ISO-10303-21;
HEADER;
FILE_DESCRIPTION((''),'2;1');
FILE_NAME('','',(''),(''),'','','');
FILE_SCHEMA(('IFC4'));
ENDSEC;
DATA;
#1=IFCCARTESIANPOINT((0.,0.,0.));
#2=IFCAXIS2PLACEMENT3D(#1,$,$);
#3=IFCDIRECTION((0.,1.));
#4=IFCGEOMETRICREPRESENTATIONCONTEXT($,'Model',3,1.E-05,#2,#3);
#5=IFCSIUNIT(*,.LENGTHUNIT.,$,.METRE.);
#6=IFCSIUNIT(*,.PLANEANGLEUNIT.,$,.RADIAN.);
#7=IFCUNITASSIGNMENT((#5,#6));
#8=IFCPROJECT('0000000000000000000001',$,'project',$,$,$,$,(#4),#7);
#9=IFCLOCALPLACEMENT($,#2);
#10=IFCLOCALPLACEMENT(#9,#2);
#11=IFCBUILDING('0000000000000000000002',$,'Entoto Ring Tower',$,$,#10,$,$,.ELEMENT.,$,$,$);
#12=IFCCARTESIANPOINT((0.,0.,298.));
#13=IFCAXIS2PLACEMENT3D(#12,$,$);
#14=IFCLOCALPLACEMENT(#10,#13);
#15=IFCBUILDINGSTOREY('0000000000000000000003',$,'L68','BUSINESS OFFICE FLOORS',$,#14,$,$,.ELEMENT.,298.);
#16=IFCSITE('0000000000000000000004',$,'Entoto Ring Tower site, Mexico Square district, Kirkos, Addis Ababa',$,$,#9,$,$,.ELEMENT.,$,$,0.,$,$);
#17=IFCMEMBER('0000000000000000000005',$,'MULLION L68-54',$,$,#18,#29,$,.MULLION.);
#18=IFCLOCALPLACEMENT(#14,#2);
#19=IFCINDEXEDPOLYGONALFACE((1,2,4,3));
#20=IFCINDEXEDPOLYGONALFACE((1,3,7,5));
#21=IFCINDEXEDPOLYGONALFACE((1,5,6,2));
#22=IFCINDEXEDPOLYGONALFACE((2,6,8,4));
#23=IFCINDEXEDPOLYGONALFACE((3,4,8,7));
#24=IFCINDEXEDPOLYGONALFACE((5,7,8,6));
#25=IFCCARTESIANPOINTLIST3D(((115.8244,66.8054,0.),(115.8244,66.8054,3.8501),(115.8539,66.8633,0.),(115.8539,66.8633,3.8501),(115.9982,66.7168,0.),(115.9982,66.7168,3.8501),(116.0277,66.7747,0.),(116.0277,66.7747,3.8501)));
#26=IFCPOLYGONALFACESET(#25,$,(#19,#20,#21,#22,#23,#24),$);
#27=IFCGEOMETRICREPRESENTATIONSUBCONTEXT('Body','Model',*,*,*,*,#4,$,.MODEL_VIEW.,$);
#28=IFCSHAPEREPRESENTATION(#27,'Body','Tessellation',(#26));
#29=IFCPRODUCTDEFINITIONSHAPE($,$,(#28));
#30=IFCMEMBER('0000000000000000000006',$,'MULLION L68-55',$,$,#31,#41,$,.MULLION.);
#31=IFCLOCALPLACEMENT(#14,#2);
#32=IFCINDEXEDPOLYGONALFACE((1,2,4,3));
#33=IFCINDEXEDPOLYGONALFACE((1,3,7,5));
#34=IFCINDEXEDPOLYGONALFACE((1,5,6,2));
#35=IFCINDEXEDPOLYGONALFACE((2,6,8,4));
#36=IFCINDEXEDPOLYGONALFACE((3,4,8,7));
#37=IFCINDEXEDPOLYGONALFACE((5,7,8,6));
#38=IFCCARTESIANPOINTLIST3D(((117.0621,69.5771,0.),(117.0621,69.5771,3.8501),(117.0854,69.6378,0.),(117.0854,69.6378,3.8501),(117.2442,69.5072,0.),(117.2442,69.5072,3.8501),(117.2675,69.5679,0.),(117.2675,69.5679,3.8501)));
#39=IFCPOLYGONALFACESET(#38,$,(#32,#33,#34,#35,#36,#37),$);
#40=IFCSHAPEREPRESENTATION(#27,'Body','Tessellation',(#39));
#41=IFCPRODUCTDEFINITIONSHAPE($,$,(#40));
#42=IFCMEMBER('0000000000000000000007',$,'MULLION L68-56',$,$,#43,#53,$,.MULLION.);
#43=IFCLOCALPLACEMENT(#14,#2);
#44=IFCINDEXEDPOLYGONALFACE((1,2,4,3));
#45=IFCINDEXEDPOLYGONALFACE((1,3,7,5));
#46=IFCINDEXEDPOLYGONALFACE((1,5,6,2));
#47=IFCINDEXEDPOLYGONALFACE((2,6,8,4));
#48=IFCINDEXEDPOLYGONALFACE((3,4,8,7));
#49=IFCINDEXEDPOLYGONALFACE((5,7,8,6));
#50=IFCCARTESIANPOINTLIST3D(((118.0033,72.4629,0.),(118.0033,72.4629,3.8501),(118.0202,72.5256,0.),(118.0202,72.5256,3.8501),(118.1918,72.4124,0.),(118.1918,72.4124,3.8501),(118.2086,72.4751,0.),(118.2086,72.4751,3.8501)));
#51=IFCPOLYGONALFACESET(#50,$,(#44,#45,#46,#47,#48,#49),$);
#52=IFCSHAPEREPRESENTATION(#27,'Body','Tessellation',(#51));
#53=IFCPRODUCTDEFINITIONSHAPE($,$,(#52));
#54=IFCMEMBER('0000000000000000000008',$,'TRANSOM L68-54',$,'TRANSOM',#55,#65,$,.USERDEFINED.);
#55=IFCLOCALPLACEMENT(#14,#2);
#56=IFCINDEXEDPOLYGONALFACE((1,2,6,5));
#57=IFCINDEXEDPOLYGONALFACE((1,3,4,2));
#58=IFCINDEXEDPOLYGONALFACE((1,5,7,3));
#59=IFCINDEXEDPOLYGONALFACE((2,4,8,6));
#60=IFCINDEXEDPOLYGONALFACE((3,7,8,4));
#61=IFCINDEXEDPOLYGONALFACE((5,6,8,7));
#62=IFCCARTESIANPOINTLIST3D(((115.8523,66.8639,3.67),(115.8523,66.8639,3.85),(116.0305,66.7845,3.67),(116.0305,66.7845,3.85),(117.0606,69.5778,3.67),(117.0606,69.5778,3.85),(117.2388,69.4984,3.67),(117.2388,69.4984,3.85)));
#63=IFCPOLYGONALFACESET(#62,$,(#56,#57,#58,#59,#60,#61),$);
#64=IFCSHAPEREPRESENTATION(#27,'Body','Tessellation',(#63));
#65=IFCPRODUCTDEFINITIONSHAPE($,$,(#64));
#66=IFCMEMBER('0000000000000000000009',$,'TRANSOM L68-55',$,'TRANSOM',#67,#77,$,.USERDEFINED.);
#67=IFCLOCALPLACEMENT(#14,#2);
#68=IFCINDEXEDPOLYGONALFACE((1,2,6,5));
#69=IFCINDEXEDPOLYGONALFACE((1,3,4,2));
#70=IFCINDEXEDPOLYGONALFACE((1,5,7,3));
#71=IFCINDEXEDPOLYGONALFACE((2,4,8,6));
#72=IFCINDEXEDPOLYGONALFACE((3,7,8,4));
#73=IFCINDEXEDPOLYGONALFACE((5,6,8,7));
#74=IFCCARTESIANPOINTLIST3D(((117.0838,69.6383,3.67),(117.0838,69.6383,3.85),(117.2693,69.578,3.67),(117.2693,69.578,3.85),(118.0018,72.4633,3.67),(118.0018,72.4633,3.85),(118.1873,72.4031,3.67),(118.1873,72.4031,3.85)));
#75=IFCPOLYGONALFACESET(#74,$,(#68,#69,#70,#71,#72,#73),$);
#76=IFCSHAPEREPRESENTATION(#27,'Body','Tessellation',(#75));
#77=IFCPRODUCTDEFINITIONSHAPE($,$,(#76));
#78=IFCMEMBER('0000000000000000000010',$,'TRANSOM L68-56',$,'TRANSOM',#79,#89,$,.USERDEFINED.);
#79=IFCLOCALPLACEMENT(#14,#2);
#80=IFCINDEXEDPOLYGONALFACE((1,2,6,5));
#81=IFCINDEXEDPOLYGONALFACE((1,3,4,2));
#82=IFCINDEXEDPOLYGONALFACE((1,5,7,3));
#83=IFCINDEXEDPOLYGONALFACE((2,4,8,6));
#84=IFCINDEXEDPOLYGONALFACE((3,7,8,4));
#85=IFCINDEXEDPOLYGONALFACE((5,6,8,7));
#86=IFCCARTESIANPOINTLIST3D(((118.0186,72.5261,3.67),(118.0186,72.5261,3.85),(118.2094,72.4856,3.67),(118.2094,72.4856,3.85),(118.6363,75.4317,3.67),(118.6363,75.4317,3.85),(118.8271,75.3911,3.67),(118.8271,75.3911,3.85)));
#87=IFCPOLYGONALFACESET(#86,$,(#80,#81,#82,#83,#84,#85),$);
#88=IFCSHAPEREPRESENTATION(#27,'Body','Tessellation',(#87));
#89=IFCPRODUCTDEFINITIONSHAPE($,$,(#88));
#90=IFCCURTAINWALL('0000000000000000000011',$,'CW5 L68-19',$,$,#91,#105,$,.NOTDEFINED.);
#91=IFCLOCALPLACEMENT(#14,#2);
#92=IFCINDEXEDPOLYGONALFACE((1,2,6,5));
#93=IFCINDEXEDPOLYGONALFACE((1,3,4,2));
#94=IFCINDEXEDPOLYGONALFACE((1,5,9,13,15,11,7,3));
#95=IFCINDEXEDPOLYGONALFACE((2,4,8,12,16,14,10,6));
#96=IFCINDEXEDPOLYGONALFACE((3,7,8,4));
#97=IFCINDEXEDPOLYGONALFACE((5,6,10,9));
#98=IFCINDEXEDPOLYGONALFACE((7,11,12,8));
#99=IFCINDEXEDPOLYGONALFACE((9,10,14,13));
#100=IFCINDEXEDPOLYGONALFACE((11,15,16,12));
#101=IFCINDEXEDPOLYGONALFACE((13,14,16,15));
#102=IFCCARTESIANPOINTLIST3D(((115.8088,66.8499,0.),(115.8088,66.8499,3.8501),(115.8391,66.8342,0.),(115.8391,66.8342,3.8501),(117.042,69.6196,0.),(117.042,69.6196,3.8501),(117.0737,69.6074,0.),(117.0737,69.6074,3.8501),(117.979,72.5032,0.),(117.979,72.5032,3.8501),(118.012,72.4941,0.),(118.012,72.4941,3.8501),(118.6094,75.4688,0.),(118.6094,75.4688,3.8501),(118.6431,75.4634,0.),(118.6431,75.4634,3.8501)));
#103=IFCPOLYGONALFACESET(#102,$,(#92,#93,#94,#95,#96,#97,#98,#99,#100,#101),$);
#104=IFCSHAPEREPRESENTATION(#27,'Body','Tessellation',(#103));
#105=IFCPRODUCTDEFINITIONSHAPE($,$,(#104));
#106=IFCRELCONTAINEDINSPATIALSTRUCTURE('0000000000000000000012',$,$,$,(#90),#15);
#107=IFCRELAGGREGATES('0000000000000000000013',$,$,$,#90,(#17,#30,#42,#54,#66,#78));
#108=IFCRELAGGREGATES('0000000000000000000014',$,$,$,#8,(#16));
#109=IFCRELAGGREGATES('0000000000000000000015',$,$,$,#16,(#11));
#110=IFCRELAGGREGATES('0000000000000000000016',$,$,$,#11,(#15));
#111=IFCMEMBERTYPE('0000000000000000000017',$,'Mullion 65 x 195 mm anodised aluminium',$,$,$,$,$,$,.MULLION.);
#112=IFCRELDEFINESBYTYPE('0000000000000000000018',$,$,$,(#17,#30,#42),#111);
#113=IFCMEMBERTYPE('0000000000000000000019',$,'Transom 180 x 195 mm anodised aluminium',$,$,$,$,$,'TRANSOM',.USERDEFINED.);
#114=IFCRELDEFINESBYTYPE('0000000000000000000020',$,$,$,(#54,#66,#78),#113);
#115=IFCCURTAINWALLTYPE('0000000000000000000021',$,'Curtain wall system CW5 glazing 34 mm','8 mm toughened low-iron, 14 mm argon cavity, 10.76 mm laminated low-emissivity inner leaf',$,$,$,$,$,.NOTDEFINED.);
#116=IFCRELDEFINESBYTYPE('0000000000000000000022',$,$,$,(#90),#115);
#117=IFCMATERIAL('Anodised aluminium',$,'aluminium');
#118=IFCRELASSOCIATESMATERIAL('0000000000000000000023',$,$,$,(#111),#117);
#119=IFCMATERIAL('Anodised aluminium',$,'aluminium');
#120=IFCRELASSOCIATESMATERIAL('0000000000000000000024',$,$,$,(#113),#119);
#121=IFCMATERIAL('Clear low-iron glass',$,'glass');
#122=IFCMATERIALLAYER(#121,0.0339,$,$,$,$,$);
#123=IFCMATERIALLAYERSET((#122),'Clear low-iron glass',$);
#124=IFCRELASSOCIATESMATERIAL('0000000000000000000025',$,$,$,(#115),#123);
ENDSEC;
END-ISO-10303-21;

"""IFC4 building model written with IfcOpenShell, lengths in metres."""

from ifc_helpers import new_model, si_unit, direction, frame, origin, origin_2d, place, context, subcontext, project, spatial, polyline, rectangle, outline, extrude, material, layer, layer_set, material_profile, profile_set, type_object, element, aggregate, save


model = new_model("IFC4")

# Units and contexts
model_context = context("Model", 3, precision=1e-05, world=origin(), true_north=direction((0.0, 1.0)))
body_context = subcontext(model_context, "Body", "Model", "MODEL_VIEW")
ifc_project = project(units=[si_unit("LENGTHUNIT", "METRE"), si_unit("PLANEANGLEUNIT", "RADIAN")], contexts=[model_context])

# Members
ifc_material_1 = material(Name="Anodised aluminium", Category="aluminium")
ifc_material_profile_1 = material_profile(ifc_material_1, rectangle(XDim=0.0649, YDim=0.1951, at=origin_2d()), Name="Mullion 65 x 195 mm anodised aluminium")
ifc_profile_set_1 = profile_set([ifc_material_profile_1], Name="Anodised aluminium")
member_type_1 = type_object("IfcMemberType", Name="Mullion 65 x 195 mm anodised aluminium", PredefinedType="MULLION", material=ifc_profile_set_1)
site_placement = place(None, origin())
building_placement = place(site_placement, origin())
storey_placement = place(building_placement, frame((0.0, 0.0, 298.0)))
member_1_placement = place(storey_placement, frame((115.926, 66.79, 0.0), z_axis=(0.0, 0.0, 1.0), x_axis=(0.45399, 0.891007, 0.0)))
member_1 = element("IfcMember", 1, at=member_1_placement, type_object=member_type_1, Name="MULLION L68-54", PredefinedType="MULLION", context=body_context, shape_type="SweptSolid", body=[
    extrude(rectangle(XDim=0.0649, YDim=0.1951, at=origin_2d()), origin(), (0.0, 0.0, 1.0), 3.8501),
])
member_2_placement = place(storey_placement, frame((117.1648, 69.5725, 0.0), z_axis=(0.0, 0.0, 1.0), x_axis=(0.358368, 0.93358, 0.0)))
member_2 = element("IfcMember", 2, at=member_2_placement, type_object=member_type_1, Name="MULLION L68-55", PredefinedType="MULLION", context=body_context, shape_type="SweptSolid", body=[
    extrude(rectangle(XDim=0.0649, YDim=0.1951, at=origin_2d()), origin(), (0.0, 0.0, 1.0), 3.8501),
])
member_3_placement = place(storey_placement, frame((118.106, 72.469, 0.0), z_axis=(0.0, 0.0, 1.0), x_axis=(0.258819, 0.965926, 0.0)))
member_3 = element("IfcMember", 3, at=member_3_placement, type_object=member_type_1, Name="MULLION L68-56", PredefinedType="MULLION", context=body_context, shape_type="SweptSolid", body=[
    extrude(rectangle(XDim=0.0649, YDim=0.1951, at=origin_2d()), origin(), (0.0, 0.0, 1.0), 3.8501),
])
ifc_material_2 = material(Name="Anodised aluminium", Category="aluminium")
ifc_material_profile_2 = material_profile(ifc_material_2, rectangle(XDim=0.1951, YDim=0.1799, at=origin_2d()), Name="Transom 180 x 195 mm anodised aluminium")
ifc_profile_set_2 = profile_set([ifc_material_profile_2], Name="Anodised aluminium")
member_type_2 = type_object("IfcMemberType", Name="Transom 180 x 195 mm anodised aluminium", ElementType="TRANSOM", PredefinedType="USERDEFINED", material=ifc_profile_set_2)
member_4_placement = place(storey_placement, frame((115.9414, 66.8242, 3.76), z_axis=(0.406726, 0.91355, 0.0), x_axis=(-0.91355, 0.406726, 0.0)))
member_4 = element("IfcMember", 4, at=member_4_placement, type_object=member_type_2, Name="TRANSOM L68-54", ObjectType="TRANSOM", PredefinedType="USERDEFINED", context=body_context, shape_type="SweptSolid", body=[
    extrude(rectangle(XDim=0.1951, YDim=0.1799, at=origin_2d()), origin(), (0.0, 0.0, 1.0), 2.9707),
])
member_5_placement = place(storey_placement, frame((117.1765, 69.6082, 3.76), z_axis=(0.309043, 0.951048, 0.0), x_axis=(-0.951048, 0.309043, 0.0)))
member_5 = element("IfcMember", 5, at=member_5_placement, type_object=member_type_2, Name="TRANSOM L68-55", ObjectType="TRANSOM", PredefinedType="USERDEFINED", context=body_context, shape_type="SweptSolid", body=[
    extrude(rectangle(XDim=0.1951, YDim=0.1799, at=origin_2d()), origin(), (0.0, 0.0, 1.0), 2.9705),
])
member_6_placement = place(storey_placement, frame((118.114, 72.5059, 3.76), z_axis=(0.20794, 0.978142, 0.0), x_axis=(-0.978142, 0.20794, 0.0)))
member_6 = element("IfcMember", 6, at=member_6_placement, type_object=member_type_2, Name="TRANSOM L68-56", ObjectType="TRANSOM", PredefinedType="USERDEFINED", context=body_context, shape_type="SweptSolid", body=[
    extrude(rectangle(XDim=0.1951, YDim=0.1799, at=origin_2d()), origin(), (0.0, 0.0, 1.0), 2.9705),
])

# Site, building, storey
site = spatial("IfcSite", under=ifc_project, at=site_placement, Name="Entoto Ring Tower site, Mexico Square district, Kirkos, Addis Ababa", CompositionType="ELEMENT", RefElevation=0.0)
building = spatial("IfcBuilding", under=site, at=building_placement, Name="Entoto Ring Tower", CompositionType="ELEMENT")
storey = spatial("IfcBuildingStorey", under=building, at=storey_placement, Name="L68", Description="BUSINESS OFFICE FLOORS", CompositionType="ELEMENT", Elevation=298.0)

# Curtain wall
ifc_material_3 = material(Name="Clear low-iron glass", Category="glass")
ifc_layer_1 = layer(ifc_material_3, 0.0339)
ifc_layer_set_1 = layer_set([ifc_layer_1], Name="Clear low-iron glass")
curtain_wall_type = type_object("IfcCurtainWallType", Name="Curtain wall system CW5 glazing 34 mm", Description="8 mm toughened low-iron, 14 mm argon cavity, 10.76 mm laminated low-emissivity inner leaf", PredefinedType="NOTDEFINED", material=ifc_layer_set_1)
curtain_wall_1_placement = place(storey_placement, origin())
curtain_wall_1 = element("IfcCurtainWall", 7, at=curtain_wall_1_placement, inside=storey, type_object=curtain_wall_type, Name="CW5 L68-19", PredefinedType="NOTDEFINED", context=body_context, shape_type="SweptSolid", body=[
    extrude(outline(polyline([(115.8391, 66.8342), (117.0737, 69.6074), (118.012, 72.4941), (118.6431, 75.4634), (118.6094, 75.4688), (117.979, 72.5032), (117.042, 69.6196), (115.8088, 66.8499), (115.8391, 66.8342)])), origin(), (0.0, 0.0, 1.0), 3.8501),
])
aggregate(curtain_wall_1, [member_1, member_2, member_3, member_4, member_5, member_6])

save(model, "model.ifc")
